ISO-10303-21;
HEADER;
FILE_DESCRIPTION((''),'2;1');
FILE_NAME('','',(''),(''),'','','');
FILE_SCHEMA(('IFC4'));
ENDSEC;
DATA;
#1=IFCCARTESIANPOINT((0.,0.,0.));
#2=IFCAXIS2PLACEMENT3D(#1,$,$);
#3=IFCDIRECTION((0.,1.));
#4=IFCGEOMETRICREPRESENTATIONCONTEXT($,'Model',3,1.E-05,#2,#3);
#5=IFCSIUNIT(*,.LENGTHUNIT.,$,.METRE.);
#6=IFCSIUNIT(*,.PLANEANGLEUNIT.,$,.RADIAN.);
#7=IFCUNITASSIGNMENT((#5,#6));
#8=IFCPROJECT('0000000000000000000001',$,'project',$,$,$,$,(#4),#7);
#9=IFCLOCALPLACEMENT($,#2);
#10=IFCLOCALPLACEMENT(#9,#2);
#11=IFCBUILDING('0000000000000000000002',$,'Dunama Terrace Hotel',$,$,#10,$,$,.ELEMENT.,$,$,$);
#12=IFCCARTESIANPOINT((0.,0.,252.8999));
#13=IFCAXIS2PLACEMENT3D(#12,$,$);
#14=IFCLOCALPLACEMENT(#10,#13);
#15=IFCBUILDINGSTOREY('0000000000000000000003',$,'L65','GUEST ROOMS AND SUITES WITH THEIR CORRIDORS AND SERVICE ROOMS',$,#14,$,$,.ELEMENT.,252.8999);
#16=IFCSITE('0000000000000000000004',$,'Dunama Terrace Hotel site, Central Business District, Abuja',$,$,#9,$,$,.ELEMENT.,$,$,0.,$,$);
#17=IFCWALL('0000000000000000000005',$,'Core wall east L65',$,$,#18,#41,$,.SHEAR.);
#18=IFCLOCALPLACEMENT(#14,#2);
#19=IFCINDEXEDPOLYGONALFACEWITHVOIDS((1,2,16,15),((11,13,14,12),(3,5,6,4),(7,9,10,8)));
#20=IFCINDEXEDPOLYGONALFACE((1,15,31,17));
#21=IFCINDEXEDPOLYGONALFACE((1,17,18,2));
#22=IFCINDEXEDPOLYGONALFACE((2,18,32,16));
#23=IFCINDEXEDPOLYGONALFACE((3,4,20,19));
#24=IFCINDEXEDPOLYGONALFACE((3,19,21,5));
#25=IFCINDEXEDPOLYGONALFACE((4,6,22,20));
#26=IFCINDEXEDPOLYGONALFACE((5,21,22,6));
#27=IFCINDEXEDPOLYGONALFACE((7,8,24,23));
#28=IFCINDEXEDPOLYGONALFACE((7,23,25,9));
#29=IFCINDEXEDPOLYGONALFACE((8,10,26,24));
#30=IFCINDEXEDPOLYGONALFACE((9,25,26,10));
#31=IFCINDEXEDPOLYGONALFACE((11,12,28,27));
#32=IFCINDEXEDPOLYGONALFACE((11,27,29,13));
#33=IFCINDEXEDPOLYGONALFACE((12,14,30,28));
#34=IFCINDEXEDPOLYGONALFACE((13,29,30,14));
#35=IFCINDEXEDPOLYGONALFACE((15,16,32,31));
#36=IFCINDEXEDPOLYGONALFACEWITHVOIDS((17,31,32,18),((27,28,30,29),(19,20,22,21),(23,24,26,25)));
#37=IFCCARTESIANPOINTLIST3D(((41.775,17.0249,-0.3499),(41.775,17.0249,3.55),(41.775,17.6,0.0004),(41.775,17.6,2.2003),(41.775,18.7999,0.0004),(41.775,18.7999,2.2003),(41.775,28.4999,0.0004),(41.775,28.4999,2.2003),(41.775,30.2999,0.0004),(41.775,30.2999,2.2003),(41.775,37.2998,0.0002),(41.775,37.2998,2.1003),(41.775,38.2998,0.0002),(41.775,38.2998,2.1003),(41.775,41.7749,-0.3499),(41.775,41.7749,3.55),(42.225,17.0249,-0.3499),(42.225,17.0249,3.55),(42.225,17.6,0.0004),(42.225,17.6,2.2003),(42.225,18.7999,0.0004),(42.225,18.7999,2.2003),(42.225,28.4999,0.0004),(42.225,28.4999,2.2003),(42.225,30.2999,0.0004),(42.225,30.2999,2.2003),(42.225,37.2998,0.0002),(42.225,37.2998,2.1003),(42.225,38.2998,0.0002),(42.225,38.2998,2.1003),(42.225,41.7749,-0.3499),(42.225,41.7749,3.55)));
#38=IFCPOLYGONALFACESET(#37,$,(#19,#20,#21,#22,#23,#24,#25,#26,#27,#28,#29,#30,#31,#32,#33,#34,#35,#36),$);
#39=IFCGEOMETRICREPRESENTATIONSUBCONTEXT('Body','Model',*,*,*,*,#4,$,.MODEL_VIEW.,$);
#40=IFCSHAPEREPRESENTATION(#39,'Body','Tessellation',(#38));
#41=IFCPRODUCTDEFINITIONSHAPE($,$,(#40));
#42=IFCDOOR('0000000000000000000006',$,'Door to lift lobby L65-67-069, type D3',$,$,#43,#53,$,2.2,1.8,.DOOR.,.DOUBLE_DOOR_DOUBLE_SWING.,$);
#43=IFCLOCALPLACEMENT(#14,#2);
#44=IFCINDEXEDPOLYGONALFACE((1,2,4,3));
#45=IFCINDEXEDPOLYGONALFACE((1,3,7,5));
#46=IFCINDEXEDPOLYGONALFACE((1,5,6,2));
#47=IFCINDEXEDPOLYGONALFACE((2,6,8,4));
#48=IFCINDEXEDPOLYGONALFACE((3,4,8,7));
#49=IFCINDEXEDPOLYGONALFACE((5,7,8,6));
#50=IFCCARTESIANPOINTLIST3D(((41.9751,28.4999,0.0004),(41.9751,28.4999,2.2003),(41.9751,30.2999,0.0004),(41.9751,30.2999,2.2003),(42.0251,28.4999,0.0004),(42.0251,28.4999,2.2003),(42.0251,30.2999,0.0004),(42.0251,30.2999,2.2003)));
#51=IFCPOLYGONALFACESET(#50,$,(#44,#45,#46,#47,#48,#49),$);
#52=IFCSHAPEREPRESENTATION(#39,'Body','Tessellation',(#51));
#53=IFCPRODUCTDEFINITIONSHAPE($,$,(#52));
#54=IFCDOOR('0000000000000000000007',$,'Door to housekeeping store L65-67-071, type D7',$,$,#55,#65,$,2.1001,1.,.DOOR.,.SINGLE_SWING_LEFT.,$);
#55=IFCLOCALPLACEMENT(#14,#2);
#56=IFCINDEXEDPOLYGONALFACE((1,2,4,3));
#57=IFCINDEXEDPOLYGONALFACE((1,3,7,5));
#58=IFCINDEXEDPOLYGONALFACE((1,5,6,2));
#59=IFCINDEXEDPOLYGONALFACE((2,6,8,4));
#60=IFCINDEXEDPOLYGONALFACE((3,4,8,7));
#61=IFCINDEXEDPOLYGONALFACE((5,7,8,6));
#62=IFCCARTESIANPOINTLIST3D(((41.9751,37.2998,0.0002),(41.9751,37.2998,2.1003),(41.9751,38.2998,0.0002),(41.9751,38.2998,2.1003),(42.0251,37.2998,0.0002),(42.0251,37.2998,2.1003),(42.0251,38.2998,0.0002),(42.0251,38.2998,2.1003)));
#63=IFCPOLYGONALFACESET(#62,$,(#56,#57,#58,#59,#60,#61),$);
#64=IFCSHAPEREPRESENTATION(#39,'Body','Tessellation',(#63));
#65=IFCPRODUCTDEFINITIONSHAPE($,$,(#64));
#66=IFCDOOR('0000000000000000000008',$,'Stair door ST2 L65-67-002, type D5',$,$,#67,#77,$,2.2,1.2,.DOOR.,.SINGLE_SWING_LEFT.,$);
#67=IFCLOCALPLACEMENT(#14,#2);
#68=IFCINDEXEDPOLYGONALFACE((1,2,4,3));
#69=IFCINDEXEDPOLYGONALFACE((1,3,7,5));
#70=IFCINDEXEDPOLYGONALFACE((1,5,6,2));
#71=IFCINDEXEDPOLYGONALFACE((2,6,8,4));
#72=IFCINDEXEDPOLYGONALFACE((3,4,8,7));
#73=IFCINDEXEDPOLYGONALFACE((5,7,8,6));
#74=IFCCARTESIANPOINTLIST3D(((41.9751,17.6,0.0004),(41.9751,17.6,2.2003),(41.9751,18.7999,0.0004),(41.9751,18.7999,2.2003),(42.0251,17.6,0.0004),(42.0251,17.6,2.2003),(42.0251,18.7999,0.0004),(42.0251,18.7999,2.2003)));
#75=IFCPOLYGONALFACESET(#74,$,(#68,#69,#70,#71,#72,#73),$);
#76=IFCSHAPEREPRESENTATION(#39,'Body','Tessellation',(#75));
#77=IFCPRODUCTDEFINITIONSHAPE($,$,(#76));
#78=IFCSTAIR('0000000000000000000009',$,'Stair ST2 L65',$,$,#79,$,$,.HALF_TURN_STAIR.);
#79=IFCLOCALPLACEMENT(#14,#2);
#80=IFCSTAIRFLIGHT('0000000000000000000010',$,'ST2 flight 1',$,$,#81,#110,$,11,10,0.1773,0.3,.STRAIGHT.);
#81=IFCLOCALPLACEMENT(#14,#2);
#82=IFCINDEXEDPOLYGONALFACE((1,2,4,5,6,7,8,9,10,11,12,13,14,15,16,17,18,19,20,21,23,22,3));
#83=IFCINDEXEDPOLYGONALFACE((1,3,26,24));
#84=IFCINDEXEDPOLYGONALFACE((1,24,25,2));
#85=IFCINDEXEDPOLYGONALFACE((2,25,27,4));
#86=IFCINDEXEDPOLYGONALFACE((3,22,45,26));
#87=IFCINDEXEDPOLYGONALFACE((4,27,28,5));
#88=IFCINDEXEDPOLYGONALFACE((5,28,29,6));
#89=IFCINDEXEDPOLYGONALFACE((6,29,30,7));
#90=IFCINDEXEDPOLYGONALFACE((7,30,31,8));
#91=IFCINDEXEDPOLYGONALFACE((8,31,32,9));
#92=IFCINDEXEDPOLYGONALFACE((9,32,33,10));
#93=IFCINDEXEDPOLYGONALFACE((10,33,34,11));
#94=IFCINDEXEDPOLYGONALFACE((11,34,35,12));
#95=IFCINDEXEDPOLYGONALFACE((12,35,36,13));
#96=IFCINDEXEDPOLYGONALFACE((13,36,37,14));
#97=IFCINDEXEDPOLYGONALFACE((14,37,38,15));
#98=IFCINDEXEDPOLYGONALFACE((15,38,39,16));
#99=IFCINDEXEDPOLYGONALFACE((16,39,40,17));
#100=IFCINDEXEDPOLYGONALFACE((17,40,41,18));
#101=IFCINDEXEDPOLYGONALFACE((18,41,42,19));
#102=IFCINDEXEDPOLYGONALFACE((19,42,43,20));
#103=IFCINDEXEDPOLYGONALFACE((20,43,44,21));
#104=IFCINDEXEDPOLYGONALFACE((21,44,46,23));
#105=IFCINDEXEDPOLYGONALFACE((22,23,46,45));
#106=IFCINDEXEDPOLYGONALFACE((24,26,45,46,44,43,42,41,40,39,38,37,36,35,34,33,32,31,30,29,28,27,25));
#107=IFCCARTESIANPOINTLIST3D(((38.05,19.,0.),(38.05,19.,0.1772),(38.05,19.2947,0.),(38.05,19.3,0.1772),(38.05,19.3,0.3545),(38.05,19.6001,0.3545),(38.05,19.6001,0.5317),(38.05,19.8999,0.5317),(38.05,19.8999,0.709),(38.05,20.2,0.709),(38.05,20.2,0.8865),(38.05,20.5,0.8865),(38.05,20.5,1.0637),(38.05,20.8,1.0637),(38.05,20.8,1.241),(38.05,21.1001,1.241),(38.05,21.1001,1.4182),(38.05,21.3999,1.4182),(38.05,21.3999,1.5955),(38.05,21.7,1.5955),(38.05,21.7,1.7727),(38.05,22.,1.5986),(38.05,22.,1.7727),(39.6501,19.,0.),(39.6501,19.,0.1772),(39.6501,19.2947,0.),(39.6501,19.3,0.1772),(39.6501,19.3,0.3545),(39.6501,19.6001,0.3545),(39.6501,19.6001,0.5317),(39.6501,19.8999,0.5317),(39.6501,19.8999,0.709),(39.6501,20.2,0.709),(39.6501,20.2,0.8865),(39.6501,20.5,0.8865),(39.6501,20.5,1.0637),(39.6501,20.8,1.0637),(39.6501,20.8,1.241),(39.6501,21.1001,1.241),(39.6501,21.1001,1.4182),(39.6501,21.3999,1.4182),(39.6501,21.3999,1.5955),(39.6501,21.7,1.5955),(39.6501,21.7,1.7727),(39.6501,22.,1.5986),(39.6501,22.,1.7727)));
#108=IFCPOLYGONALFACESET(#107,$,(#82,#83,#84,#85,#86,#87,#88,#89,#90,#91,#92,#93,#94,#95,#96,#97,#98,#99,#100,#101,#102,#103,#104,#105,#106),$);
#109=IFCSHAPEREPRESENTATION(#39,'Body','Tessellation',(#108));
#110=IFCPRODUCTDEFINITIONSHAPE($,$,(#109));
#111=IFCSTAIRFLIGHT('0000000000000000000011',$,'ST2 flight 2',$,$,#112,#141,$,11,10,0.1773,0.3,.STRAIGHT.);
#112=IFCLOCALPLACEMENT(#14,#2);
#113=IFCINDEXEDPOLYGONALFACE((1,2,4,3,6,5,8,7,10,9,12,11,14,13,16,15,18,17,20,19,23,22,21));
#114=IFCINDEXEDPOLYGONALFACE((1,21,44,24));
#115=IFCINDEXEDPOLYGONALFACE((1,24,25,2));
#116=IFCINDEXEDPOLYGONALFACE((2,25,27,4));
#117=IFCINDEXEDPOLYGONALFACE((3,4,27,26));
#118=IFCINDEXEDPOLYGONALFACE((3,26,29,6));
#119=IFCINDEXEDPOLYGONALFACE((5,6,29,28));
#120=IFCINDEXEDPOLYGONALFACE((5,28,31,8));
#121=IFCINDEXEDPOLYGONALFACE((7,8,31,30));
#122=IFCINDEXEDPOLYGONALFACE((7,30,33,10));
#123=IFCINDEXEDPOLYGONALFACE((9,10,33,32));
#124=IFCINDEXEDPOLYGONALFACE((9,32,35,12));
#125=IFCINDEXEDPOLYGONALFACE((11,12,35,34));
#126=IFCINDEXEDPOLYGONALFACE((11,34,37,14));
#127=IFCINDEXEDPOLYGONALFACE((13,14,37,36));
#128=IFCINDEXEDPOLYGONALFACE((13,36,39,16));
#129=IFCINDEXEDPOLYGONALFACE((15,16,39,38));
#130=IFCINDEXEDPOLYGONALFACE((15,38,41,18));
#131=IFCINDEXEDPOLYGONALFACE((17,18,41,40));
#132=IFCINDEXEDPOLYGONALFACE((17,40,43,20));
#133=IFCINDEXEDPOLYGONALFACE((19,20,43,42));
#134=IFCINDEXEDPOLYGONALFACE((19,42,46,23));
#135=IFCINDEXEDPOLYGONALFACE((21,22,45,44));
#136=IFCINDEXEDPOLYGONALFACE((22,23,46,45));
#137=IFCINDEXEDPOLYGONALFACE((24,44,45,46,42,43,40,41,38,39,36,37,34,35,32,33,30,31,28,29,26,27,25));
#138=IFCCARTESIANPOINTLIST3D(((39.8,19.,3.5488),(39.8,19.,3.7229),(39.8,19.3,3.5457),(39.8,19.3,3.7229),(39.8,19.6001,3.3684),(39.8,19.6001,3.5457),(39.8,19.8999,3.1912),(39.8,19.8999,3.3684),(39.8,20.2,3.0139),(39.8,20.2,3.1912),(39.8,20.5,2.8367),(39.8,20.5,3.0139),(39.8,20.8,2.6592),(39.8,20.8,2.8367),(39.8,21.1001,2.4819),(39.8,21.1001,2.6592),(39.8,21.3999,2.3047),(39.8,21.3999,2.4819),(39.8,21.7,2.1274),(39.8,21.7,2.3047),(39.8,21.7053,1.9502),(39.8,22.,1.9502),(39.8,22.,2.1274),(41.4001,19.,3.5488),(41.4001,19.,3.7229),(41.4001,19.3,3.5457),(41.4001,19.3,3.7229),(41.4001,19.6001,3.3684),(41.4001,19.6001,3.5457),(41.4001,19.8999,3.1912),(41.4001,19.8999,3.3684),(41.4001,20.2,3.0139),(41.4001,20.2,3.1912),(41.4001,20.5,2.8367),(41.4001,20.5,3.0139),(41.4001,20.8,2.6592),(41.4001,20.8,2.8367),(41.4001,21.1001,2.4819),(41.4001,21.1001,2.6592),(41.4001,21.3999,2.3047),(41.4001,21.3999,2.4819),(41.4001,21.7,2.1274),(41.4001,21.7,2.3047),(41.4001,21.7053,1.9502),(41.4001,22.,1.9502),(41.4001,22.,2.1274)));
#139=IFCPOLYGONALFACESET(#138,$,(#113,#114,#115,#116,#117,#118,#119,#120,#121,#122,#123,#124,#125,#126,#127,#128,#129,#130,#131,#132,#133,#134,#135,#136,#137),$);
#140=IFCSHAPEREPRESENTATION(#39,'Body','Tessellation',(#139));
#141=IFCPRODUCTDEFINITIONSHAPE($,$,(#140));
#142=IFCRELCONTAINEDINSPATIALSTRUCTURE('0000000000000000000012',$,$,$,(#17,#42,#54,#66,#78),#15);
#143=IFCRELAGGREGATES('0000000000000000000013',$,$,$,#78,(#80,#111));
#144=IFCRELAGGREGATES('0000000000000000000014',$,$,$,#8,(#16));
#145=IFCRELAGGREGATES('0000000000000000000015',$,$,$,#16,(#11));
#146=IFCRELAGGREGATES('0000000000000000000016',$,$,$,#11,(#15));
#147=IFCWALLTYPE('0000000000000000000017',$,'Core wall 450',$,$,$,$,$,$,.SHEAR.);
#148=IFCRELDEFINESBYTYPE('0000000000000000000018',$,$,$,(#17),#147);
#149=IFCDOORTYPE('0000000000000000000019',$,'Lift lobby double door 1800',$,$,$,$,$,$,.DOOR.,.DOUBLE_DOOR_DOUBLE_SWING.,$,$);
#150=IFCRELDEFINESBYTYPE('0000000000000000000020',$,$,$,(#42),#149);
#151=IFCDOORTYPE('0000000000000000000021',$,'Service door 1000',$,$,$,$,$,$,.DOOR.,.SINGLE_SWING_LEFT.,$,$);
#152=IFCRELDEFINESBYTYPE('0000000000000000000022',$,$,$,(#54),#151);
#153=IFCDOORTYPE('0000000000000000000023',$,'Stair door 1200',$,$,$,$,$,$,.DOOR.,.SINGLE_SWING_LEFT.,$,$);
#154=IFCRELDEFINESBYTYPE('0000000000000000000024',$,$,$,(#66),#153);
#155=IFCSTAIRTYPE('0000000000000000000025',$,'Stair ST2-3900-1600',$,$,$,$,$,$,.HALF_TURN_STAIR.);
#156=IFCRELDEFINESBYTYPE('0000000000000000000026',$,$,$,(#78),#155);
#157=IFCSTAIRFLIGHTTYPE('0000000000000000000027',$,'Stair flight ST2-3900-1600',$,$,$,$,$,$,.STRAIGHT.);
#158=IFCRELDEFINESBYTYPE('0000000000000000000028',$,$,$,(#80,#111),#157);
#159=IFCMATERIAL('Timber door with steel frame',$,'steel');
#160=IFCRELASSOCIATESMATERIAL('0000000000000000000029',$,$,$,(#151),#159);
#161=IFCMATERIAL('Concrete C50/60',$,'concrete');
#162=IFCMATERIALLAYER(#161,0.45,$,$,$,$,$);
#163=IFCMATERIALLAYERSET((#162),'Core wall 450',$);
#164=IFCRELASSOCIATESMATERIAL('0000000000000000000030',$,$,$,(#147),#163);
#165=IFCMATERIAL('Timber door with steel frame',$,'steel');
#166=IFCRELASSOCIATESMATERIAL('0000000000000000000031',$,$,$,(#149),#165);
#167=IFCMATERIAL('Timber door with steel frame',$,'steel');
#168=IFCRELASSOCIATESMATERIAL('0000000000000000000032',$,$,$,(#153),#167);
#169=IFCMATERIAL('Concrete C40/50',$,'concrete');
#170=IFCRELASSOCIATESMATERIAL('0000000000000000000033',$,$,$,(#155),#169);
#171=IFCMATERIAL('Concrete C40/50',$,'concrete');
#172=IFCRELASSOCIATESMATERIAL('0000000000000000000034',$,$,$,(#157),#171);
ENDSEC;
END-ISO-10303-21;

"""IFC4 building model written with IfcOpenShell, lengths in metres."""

from ifc_helpers import new_model, si_unit, direction, frame, frame_2d, origin, place, context, subcontext, project, spatial, polyline, rectangle, outline, extrude, material, layer, layer_set, type_object, element, fill, aggregate, save


model = new_model("IFC4")

# Units and contexts
model_context = context("Model", 3, precision=1e-05, world=origin(), true_north=direction((0.0, 1.0)))
body_context = subcontext(model_context, "Body", "Model", "MODEL_VIEW")
ifc_project = project(units=[si_unit("LENGTHUNIT", "METRE"), si_unit("PLANEANGLEUNIT", "RADIAN")], contexts=[model_context])

# Site, building, storey
site_placement = place(None, origin())
site = spatial("IfcSite", under=ifc_project, at=site_placement, Name="Dunama Terrace Hotel site, Central Business District, Abuja", CompositionType="ELEMENT", RefElevation=0.0)
building_placement = place(site_placement, origin())
building = spatial("IfcBuilding", under=site, at=building_placement, Name="Dunama Terrace Hotel", CompositionType="ELEMENT")
storey_placement = place(building_placement, frame((0.0, 0.0, 252.8999)))
storey = spatial("IfcBuildingStorey", under=building, at=storey_placement, Name="L65", Description="GUEST ROOMS AND SUITES WITH THEIR CORRIDORS AND SERVICE ROOMS", CompositionType="ELEMENT", Elevation=252.8999)

# Shared definitions
ifc_material_1 = material(Name="Timber door with steel frame", Category="steel")
door_type_1 = type_object("IfcDoorType", Name="Service door 1000", OperationType="SINGLE_SWING_LEFT", PredefinedType="DOOR", material=ifc_material_1)

# Wall, openings, doors
ifc_material_2 = material(Name="Concrete C50/60", Category="concrete")
ifc_layer_1 = layer(ifc_material_2, 0.45)
ifc_layer_set_1 = layer_set([ifc_layer_1], Name="Core wall 450")
wall_type_1 = type_object("IfcWallType", Name="Core wall 450", PredefinedType="SHEAR", material=ifc_layer_set_1)
wall_1_placement = place(storey_placement, frame((42.0, 17.0249, -0.3499), z_axis=(0.0, 0.0, 1.0), x_axis=(0.0, 1.0, 0.0)))
wall_1 = element("IfcWall", 1, at=wall_1_placement, inside=storey, type_object=wall_type_1, Name="Core wall east L65", PredefinedType="SHEAR", context=body_context, shape_type="SweptSolid", body=[
    extrude(rectangle(XDim=24.75, YDim=0.45, at=frame_2d((12.375, 0.0))), origin(), (0.0, 0.0, 1.0), 3.8999),
])
opening_1_placement = place(wall_1_placement, frame((0.575, 0.0, 0.3501)))
opening_1 = element("IfcOpeningElement", 2, at=opening_1_placement, cuts=wall_1, PredefinedType="OPENING", context=body_context, shape_type="SweptSolid", body=[
    extrude(rectangle(XDim=1.2, YDim=2.2, at=frame_2d((0.6001, 1.1001))), frame((0.0, 0.2349, 0.0), z_axis=(0.0, -1.0, 0.0), x_axis=(1.0, 0.0, 0.0)), (0.0, 0.0, 1.0), 0.47),
])
opening_2_placement = place(wall_1_placement, frame((11.4751, 0.0, 0.3501)))
opening_2 = element("IfcOpeningElement", 3, at=opening_2_placement, cuts=wall_1, PredefinedType="OPENING", context=body_context, shape_type="SweptSolid", body=[
    extrude(rectangle(XDim=1.8, YDim=2.2, at=frame_2d((0.8999, 1.1001))), frame((0.0, 0.2349, 0.0), z_axis=(0.0, -1.0, 0.0), x_axis=(1.0, 0.0, 0.0)), (0.0, 0.0, 1.0), 0.47),
])
opening_3_placement = place(wall_1_placement, frame((20.2749, 0.0, 0.3501)))
opening_3 = element("IfcOpeningElement", 4, at=opening_3_placement, cuts=wall_1, PredefinedType="OPENING", context=body_context, shape_type="SweptSolid", body=[
    extrude(rectangle(XDim=1.0, YDim=2.1001, at=frame_2d((0.5, 1.05))), frame((0.0, 0.2349, 0.0), z_axis=(0.0, -1.0, 0.0), x_axis=(1.0, 0.0, 0.0)), (0.0, 0.0, 1.0), 0.47),
])
ifc_material_3 = material(Name="Timber door with steel frame", Category="steel")
door_type_2 = type_object("IfcDoorType", Name="Lift lobby double door 1800", OperationType="DOUBLE_DOOR_DOUBLE_SWING", PredefinedType="DOOR", material=ifc_material_3)
door_1_placement = place(opening_2_placement, origin())
door_1 = element("IfcDoor", 5, at=door_1_placement, inside=storey, type_object=door_type_2, Name="Door to lift lobby L65-67-069, type D3", OperationType="DOUBLE_DOOR_DOUBLE_SWING", OverallHeight=2.2, OverallWidth=1.8, PredefinedType="DOOR", context=body_context, shape_type="SweptSolid", body=[
    extrude(rectangle(XDim=1.8, YDim=2.2, at=frame_2d((0.8999, 1.1001))), frame((0.0, 0.0249, 0.0), z_axis=(0.0, -1.0, 0.0), x_axis=(1.0, 0.0, 0.0)), (0.0, 0.0, 1.0), 0.05),
])
fill(opening_2, door_1)
door_2_placement = place(opening_3_placement, origin())
door_2 = element("IfcDoor", 6, at=door_2_placement, inside=storey, type_object=door_type_1, Name="Door to housekeeping store L65-67-071, type D7", OperationType="SINGLE_SWING_LEFT", OverallHeight=2.1001, OverallWidth=1.0, PredefinedType="DOOR", context=body_context, shape_type="SweptSolid", body=[
    extrude(rectangle(XDim=1.0, YDim=2.1001, at=frame_2d((0.5, 1.05))), frame((0.0, 0.0249, 0.0), z_axis=(0.0, -1.0, 0.0), x_axis=(1.0, 0.0, 0.0)), (0.0, 0.0, 1.0), 0.05),
])
fill(opening_3, door_2)
ifc_material_4 = material(Name="Timber door with steel frame", Category="steel")
door_type_3 = type_object("IfcDoorType", Name="Stair door 1200", OperationType="SINGLE_SWING_LEFT", PredefinedType="DOOR", material=ifc_material_4)
door_3_placement = place(opening_1_placement, origin())
door_3 = element("IfcDoor", 7, at=door_3_placement, inside=storey, type_object=door_type_3, Name="Stair door ST2 L65-67-002, type D5", OperationType="SINGLE_SWING_LEFT", OverallHeight=2.2, OverallWidth=1.2, PredefinedType="DOOR", context=body_context, shape_type="SweptSolid", body=[
    extrude(rectangle(XDim=1.2, YDim=2.2, at=frame_2d((0.6001, 1.1001))), frame((0.0, 0.0249, 0.0), z_axis=(0.0, -1.0, 0.0), x_axis=(1.0, 0.0, 0.0)), (0.0, 0.0, 1.0), 0.05),
])
fill(opening_1, door_3)

# Stair, stair flights
ifc_material_5 = material(Name="Concrete C40/50", Category="concrete")
stair_type = type_object("IfcStairType", Name="Stair ST2-3900-1600", PredefinedType="HALF_TURN_STAIR", material=ifc_material_5)
stair_placement = place(storey_placement, origin())
stair = element("IfcStair", 8, at=stair_placement, inside=storey, type_object=stair_type, Name="Stair ST2 L65", PredefinedType="HALF_TURN_STAIR")
ifc_material_6 = material(Name="Concrete C40/50", Category="concrete")
stair_flight_type = type_object("IfcStairFlightType", Name="Stair flight ST2-3900-1600", PredefinedType="STRAIGHT", material=ifc_material_6)
stair_flight_1_placement = place(storey_placement, frame((38.8501, 19.0, 0.0), z_axis=(0.0, 0.0, 1.0), x_axis=(0.0, 1.0, 0.0)))
stair_flight_1 = element("IfcStairFlight", 9, at=stair_flight_1_placement, type_object=stair_flight_type, Name="ST2 flight 1", NumberOfRisers=11, NumberOfTreads=10, PredefinedType="STRAIGHT", RiserHeight=0.1773, TreadLength=0.3, context=body_context, shape_type="SweptSolid", body=[
    extrude(outline(polyline([(0.0, 0.0), (0.0, 0.1772), (0.3, 0.1772), (0.3, 0.3545), (0.6001, 0.3545), (0.6001, 0.5317), (0.8999, 0.5317), (0.8999, 0.709), (1.2, 0.709), (1.2, 0.8865), (1.5, 0.8865), (1.5, 1.0637), (1.8, 1.0637), (1.8, 1.241), (2.1001, 1.241), (2.1001, 1.4182), (2.3999, 1.4182), (2.3999, 1.5955), (2.7, 1.5955), (2.7, 1.7727), (3.0, 1.7727), (3.0, 1.95), (3.0, 1.5986), (0.2947, 0.0), (0.0, 0.0)])), frame((0.0, 0.8, 0.0), z_axis=(0.0, -1.0, 0.0), x_axis=(1.0, 0.0, 0.0)), (0.0, 0.0, 1.0), 1.6001),
])
stair_flight_2_placement = place(storey_placement, frame((40.6001, 22.0, 1.9502), z_axis=(0.0, 0.0, 1.0), x_axis=(0.0, -1.0, 0.0)))
stair_flight_2 = element("IfcStairFlight", 10, at=stair_flight_2_placement, type_object=stair_flight_type, Name="ST2 flight 2", NumberOfRisers=11, NumberOfTreads=10, PredefinedType="STRAIGHT", RiserHeight=0.1773, TreadLength=0.3, context=body_context, shape_type="SweptSolid", body=[
    extrude(outline(polyline([(0.0, 0.0), (0.0, 0.1772), (0.3, 0.1772), (0.3, 0.3545), (0.6001, 0.3545), (0.6001, 0.5317), (0.8999, 0.5317), (0.8999, 0.709), (1.2, 0.709), (1.2, 0.8865), (1.5, 0.8865), (1.5, 1.0637), (1.8, 1.0637), (1.8, 1.241), (2.1001, 1.241), (2.1001, 1.4182), (2.3999, 1.4182), (2.3999, 1.5955), (2.7, 1.5955), (2.7, 1.7727), (3.0, 1.7727), (3.0, 1.95), (3.0, 1.5986), (0.2947, 0.0), (0.0, 0.0)])), frame((0.0, 0.8, 0.0), z_axis=(0.0, -1.0, 0.0), x_axis=(1.0, 0.0, 0.0)), (0.0, 0.0, 1.0), 1.6001),
])
aggregate(stair, [stair_flight_1, stair_flight_2])

save(model, "model.ifc")
